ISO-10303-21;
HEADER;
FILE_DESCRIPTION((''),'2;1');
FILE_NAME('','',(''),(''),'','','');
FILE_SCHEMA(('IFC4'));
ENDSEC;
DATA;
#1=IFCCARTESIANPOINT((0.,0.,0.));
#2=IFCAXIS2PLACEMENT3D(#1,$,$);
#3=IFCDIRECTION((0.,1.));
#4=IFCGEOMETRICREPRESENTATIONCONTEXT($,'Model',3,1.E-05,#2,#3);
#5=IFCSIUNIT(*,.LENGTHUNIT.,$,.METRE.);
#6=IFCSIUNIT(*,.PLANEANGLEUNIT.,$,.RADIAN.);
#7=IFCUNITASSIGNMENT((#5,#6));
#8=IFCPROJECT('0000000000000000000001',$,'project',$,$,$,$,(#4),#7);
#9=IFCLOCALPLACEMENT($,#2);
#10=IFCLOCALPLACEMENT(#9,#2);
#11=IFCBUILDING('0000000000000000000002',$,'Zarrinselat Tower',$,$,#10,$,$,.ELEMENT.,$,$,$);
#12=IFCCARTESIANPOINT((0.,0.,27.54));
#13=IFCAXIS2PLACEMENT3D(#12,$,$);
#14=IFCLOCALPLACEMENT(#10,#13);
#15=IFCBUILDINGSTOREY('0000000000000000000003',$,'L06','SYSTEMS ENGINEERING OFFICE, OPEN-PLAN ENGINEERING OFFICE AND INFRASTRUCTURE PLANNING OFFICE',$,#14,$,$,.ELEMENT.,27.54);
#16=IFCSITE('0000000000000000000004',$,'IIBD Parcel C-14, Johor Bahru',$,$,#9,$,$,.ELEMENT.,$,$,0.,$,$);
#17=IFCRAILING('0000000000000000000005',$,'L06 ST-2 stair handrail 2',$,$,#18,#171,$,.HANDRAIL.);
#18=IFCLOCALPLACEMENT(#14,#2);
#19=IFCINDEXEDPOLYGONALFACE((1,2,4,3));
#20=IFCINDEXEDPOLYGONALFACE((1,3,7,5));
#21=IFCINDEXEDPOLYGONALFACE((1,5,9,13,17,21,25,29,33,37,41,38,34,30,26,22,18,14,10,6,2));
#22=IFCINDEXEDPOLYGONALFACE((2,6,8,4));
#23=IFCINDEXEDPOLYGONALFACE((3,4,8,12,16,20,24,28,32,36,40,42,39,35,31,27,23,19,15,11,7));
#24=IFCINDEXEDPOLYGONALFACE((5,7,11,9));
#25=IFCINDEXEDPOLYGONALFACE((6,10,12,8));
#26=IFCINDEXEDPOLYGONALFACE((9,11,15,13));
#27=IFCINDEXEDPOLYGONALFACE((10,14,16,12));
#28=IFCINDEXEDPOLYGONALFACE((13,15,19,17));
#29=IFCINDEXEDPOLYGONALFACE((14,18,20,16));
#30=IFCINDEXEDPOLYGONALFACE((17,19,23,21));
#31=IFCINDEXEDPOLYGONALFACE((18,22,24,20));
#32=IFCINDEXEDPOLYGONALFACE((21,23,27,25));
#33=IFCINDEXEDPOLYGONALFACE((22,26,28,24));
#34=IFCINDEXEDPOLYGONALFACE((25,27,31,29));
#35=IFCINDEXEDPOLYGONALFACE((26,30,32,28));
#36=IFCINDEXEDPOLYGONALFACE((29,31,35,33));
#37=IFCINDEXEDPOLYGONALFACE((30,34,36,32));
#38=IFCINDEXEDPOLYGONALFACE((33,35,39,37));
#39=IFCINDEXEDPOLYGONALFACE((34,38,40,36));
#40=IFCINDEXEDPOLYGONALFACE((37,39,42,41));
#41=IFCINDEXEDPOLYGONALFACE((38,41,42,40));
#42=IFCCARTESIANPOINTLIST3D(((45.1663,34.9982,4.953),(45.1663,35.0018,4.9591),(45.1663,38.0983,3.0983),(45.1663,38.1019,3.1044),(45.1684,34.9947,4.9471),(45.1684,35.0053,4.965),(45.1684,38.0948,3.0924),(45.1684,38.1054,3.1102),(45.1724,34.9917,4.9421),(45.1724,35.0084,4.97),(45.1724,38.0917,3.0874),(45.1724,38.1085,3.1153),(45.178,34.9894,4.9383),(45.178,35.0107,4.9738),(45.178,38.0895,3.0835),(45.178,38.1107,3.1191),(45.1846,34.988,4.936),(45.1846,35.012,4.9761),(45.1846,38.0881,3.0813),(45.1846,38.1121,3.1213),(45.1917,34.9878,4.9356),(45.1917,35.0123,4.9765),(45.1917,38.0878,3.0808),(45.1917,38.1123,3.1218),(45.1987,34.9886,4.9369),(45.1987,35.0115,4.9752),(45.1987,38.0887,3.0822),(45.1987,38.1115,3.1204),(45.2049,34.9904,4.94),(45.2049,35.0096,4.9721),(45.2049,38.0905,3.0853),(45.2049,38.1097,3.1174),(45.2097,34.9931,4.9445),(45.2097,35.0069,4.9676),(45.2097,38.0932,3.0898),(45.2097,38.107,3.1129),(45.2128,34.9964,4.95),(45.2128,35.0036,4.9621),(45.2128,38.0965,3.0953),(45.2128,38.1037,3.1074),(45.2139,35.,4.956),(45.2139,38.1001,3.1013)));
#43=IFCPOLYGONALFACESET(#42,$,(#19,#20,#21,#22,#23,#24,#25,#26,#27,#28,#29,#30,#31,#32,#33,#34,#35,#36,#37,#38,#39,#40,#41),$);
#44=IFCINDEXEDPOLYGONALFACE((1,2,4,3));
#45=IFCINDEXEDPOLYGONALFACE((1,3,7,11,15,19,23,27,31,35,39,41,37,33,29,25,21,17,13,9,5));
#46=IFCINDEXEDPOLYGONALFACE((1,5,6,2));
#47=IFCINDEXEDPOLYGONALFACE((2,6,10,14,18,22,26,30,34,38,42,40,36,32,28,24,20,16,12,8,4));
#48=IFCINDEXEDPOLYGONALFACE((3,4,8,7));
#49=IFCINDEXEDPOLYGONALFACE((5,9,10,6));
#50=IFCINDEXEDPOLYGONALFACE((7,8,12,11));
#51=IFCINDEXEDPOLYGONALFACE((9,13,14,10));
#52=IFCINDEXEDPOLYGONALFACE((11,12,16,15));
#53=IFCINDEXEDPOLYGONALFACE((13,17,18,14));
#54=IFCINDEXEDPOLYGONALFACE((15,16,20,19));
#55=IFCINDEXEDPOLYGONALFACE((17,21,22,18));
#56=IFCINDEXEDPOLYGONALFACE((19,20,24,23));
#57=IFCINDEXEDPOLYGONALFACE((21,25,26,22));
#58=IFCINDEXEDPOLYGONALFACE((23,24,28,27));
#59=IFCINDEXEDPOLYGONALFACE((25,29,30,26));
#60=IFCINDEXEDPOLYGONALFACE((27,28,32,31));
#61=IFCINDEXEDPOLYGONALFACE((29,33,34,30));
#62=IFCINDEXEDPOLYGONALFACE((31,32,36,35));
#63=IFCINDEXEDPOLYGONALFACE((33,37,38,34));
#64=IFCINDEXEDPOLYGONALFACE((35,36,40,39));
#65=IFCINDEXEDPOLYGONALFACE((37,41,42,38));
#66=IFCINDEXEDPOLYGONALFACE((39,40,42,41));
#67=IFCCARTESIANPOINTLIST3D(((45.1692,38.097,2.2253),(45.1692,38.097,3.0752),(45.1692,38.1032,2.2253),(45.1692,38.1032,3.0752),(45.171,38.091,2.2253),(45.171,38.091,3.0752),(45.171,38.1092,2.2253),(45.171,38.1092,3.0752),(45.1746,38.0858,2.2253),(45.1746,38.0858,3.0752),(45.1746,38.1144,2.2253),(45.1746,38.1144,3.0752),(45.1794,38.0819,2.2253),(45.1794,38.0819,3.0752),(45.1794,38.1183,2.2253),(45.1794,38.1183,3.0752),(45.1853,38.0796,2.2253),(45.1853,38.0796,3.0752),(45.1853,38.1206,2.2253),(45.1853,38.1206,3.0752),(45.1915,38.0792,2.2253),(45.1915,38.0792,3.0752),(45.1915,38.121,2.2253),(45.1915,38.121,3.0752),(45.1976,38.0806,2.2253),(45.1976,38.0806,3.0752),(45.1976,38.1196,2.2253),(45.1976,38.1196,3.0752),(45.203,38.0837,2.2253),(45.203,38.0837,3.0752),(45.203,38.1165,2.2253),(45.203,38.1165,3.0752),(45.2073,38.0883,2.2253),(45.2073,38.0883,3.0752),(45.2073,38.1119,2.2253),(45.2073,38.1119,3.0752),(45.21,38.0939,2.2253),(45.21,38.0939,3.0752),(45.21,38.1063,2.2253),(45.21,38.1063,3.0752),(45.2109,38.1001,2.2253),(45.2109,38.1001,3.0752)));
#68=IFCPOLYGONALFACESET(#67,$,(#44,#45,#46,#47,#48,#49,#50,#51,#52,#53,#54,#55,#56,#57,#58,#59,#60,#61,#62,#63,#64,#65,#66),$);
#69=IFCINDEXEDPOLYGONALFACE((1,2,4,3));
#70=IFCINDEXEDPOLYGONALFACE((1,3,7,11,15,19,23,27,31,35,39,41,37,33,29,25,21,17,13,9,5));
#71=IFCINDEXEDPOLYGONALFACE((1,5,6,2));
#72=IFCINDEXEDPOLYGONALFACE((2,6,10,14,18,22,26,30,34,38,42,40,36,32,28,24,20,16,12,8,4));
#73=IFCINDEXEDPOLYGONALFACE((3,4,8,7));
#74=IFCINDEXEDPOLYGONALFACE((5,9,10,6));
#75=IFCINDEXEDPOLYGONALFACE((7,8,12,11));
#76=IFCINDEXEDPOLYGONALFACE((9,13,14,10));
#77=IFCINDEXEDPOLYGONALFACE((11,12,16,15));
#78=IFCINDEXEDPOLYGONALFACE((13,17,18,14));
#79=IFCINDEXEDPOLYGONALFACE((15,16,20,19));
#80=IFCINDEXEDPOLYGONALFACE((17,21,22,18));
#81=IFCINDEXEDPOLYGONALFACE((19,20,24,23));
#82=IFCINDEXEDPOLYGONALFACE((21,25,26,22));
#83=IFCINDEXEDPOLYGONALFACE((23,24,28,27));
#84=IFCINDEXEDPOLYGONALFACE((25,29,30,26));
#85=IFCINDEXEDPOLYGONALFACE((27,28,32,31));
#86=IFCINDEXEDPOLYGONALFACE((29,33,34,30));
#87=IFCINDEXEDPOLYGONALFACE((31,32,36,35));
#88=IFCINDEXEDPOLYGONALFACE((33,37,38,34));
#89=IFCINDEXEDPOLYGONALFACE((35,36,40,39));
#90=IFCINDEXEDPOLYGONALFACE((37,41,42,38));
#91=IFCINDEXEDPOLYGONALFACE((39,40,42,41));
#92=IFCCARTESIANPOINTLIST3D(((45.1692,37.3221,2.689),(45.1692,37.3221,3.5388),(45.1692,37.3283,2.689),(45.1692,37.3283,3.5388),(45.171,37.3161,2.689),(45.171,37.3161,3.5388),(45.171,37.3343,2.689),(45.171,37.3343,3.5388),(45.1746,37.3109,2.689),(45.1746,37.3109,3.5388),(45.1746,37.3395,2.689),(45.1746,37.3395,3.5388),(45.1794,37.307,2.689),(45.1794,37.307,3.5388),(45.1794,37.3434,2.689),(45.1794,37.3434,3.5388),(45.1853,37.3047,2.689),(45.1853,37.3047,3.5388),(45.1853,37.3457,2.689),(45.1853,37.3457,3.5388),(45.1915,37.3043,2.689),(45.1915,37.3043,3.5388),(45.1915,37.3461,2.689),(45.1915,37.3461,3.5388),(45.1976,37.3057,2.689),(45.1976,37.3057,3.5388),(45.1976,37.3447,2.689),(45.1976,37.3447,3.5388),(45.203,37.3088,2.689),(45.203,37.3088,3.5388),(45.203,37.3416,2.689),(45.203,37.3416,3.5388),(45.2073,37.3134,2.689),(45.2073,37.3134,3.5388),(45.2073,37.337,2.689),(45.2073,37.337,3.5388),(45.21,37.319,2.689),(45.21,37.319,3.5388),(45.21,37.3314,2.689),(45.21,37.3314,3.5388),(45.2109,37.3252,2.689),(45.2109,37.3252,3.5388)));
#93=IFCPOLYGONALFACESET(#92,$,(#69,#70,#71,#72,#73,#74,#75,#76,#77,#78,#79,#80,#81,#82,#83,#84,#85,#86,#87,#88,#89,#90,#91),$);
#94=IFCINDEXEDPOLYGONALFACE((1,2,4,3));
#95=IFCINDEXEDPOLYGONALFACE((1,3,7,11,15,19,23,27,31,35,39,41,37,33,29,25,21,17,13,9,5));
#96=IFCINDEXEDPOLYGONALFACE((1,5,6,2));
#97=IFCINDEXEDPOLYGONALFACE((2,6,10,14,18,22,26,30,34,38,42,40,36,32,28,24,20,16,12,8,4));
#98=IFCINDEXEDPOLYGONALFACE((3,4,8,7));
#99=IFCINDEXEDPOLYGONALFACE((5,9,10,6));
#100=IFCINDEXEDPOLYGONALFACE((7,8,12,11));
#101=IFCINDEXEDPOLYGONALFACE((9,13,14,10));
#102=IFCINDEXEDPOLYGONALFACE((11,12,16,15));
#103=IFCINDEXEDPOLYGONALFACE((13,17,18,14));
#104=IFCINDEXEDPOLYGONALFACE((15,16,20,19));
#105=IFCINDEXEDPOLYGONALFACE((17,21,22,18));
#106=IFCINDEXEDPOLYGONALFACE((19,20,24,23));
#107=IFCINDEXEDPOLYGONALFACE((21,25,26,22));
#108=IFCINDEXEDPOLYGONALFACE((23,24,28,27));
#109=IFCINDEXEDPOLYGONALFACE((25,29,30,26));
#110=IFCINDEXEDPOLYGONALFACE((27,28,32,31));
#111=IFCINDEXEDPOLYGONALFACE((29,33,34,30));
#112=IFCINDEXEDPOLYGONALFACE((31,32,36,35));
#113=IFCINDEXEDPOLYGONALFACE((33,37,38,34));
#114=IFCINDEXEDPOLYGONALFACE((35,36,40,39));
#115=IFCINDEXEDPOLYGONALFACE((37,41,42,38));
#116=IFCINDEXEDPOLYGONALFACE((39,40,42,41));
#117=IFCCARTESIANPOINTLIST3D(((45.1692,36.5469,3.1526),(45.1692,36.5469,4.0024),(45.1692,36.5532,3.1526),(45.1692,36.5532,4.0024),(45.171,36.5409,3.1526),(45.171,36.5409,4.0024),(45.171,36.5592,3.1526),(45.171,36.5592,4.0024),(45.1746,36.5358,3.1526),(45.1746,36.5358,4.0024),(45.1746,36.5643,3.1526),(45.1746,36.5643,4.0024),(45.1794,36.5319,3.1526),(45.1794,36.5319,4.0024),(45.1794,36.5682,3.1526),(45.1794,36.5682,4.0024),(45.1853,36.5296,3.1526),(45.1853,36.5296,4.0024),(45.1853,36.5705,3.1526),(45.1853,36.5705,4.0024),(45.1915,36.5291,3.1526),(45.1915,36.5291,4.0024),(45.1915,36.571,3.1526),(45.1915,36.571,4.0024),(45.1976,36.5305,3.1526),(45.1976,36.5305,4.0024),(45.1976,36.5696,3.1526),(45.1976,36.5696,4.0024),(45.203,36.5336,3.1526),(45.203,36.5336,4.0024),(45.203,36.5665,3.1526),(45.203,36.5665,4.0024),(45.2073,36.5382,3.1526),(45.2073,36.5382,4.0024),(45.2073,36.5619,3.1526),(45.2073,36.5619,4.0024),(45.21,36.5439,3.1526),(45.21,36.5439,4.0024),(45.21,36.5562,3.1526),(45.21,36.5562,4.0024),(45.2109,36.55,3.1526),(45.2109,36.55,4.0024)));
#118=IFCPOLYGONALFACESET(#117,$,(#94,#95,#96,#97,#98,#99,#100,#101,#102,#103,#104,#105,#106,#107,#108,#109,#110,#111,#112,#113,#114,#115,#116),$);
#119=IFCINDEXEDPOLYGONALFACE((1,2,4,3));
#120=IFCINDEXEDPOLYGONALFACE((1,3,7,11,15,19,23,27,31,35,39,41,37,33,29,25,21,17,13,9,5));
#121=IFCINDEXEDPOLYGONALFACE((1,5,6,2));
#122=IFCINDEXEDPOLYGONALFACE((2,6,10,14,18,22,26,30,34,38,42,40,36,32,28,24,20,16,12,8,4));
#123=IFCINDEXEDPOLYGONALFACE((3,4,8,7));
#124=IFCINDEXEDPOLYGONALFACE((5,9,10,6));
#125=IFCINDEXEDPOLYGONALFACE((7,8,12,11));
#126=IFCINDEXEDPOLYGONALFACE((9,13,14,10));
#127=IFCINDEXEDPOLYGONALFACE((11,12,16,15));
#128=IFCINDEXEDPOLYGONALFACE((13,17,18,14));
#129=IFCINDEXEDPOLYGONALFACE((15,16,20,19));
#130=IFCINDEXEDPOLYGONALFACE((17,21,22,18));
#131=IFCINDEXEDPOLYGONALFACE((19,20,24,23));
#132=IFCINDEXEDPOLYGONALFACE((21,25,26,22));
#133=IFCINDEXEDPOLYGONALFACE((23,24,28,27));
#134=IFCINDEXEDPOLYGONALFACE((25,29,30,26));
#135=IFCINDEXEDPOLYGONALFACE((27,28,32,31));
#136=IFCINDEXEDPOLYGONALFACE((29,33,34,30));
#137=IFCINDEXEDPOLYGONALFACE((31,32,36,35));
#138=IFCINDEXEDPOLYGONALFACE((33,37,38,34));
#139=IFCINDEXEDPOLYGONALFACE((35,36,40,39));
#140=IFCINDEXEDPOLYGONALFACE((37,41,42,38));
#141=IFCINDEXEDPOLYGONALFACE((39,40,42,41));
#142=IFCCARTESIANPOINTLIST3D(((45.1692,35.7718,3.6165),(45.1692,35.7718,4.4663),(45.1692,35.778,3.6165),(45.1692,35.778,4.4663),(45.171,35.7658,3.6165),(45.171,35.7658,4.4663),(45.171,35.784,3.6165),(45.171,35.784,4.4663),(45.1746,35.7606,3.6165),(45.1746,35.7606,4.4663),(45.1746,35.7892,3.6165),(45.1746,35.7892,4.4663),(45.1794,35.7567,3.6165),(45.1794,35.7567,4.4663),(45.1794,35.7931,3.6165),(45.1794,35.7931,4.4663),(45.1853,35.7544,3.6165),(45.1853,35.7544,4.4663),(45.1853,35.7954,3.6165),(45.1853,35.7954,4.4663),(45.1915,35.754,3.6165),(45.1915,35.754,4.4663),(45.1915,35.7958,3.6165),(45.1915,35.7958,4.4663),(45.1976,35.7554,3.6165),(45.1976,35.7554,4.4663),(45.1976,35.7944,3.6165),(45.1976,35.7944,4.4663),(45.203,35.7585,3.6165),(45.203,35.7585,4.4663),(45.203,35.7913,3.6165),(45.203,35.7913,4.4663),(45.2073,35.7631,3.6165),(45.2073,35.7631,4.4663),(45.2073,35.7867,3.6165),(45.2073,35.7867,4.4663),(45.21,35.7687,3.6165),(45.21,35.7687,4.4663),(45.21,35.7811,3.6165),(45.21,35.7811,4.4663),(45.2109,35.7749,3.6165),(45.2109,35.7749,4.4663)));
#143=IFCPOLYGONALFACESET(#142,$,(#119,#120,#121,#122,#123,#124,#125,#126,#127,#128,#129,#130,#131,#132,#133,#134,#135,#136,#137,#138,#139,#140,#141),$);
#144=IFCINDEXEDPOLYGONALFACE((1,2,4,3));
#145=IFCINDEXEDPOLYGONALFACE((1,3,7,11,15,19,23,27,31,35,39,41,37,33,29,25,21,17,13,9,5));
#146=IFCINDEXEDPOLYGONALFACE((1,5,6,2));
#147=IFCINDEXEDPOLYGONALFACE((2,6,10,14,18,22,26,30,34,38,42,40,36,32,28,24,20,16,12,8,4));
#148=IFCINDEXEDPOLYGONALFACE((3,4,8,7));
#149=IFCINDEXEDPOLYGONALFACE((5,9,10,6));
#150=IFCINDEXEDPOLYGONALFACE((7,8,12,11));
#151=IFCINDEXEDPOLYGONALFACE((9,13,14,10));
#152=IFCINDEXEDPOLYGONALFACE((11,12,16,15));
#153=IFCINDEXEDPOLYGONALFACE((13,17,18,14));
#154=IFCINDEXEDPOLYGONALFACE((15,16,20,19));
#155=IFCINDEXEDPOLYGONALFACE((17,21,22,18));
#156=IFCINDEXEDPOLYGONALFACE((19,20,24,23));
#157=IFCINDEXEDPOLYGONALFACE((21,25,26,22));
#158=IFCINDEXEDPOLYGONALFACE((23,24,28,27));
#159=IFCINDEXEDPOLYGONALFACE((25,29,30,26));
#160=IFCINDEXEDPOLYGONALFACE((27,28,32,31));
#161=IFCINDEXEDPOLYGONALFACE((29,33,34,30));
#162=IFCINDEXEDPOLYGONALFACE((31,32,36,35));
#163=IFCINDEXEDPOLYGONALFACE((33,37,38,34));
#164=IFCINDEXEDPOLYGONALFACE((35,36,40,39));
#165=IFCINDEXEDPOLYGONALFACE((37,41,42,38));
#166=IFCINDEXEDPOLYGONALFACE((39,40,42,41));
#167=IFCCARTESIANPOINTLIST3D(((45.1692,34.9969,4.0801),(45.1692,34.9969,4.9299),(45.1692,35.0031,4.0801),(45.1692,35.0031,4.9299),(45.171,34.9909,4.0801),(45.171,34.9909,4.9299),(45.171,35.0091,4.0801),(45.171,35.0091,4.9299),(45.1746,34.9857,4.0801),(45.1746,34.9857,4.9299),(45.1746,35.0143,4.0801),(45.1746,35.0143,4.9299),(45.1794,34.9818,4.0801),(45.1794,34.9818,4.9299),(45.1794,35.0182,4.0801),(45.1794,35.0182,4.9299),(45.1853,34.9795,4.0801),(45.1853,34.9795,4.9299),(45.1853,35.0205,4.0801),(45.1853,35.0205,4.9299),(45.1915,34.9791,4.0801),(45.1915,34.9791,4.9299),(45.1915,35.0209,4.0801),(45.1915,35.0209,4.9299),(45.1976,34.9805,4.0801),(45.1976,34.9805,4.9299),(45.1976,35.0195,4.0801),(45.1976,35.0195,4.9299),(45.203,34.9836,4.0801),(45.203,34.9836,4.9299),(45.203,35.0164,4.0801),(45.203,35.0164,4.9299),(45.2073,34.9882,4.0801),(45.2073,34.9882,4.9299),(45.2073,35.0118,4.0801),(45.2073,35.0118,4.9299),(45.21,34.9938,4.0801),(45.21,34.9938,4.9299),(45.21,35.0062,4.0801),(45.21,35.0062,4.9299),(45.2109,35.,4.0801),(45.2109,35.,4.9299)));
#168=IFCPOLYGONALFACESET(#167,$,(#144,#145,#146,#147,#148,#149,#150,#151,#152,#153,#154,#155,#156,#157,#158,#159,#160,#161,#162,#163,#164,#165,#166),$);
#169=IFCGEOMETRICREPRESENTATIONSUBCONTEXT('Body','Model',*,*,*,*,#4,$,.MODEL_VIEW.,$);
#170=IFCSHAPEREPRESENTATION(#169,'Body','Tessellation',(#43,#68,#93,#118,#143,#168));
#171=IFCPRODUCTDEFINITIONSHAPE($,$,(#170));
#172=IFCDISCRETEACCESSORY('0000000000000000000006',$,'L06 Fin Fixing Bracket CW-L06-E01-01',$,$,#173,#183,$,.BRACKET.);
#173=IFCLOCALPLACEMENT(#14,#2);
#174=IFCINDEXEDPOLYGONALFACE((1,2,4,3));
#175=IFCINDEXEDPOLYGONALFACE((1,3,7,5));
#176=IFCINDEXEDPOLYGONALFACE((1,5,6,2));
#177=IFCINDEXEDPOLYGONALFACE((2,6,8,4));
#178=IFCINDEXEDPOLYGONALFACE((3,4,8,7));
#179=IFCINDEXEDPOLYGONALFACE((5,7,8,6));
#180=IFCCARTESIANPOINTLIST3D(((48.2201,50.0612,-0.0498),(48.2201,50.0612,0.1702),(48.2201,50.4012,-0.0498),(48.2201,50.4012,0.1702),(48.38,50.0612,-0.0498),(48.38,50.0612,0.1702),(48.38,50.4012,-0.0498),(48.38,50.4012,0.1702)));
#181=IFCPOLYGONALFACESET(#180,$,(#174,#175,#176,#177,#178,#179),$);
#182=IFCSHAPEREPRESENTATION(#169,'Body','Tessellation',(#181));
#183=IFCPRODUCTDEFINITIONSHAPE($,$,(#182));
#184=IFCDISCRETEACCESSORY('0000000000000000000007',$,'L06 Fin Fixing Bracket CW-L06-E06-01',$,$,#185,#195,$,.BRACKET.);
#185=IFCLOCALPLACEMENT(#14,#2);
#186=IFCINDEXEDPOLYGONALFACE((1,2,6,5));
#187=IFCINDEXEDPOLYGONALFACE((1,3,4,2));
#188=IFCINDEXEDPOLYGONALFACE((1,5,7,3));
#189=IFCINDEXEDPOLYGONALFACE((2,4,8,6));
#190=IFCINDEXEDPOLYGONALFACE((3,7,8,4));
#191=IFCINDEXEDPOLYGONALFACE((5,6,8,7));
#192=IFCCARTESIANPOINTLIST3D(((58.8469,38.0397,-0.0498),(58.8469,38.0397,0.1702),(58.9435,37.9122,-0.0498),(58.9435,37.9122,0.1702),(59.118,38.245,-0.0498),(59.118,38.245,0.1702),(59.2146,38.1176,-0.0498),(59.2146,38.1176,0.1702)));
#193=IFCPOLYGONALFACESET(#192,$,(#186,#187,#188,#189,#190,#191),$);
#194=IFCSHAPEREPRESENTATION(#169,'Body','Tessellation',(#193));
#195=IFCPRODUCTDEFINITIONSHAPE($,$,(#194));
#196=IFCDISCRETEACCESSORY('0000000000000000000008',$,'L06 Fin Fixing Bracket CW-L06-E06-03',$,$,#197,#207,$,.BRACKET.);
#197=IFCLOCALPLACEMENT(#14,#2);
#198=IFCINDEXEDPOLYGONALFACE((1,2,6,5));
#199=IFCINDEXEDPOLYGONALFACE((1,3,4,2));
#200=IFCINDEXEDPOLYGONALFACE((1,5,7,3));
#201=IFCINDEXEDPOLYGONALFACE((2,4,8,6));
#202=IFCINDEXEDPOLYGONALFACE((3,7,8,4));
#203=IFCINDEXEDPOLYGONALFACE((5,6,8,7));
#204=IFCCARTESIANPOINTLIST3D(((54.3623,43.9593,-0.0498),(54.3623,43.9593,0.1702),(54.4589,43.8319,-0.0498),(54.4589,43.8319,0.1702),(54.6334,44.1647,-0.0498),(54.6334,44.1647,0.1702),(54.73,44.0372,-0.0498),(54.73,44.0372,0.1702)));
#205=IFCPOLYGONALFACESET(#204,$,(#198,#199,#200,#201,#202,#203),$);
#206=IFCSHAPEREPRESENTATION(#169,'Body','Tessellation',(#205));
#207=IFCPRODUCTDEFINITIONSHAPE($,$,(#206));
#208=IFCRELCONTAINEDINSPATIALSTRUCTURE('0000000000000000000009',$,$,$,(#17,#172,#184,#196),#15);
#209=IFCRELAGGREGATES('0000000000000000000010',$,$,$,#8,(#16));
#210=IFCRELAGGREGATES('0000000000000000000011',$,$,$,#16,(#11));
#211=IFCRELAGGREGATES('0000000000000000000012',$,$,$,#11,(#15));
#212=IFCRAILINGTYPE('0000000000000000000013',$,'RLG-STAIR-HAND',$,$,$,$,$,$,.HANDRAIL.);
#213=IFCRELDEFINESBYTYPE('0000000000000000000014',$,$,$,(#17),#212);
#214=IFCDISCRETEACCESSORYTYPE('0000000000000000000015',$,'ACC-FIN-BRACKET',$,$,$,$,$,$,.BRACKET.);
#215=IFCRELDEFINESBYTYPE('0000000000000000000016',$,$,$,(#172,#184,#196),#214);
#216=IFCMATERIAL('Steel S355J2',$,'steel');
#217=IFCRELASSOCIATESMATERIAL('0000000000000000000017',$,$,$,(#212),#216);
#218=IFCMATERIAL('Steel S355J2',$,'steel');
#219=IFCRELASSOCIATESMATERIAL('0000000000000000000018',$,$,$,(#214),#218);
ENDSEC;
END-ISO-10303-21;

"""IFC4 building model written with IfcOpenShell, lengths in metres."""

from ifc_helpers import new_model, si_unit, direction, frame, origin, origin_2d, place, context, subcontext, project, spatial, rectangle, circle, extrude, material, type_object, element, save


model = new_model("IFC4")

# Units and contexts
model_context = context("Model", 3, precision=1e-05, world=origin(), true_north=direction((0.0, 1.0)))
body_context = subcontext(model_context, "Body", "Model", "MODEL_VIEW")
ifc_project = project(units=[si_unit("LENGTHUNIT", "METRE"), si_unit("PLANEANGLEUNIT", "RADIAN")], contexts=[model_context])

# Site, building, storey
site_placement = place(None, origin())
site = spatial("IfcSite", under=ifc_project, at=site_placement, Name="IIBD Parcel C-14, Johor Bahru", CompositionType="ELEMENT", RefElevation=0.0)
building_placement = place(site_placement, origin())
building = spatial("IfcBuilding", under=site, at=building_placement, Name="Zarrinselat Tower", CompositionType="ELEMENT")
storey_placement = place(building_placement, frame((0.0, 0.0, 27.54)))
storey = spatial("IfcBuildingStorey", under=building, at=storey_placement, Name="L06", Description="SYSTEMS ENGINEERING OFFICE, OPEN-PLAN ENGINEERING OFFICE AND INFRASTRUCTURE PLANNING OFFICE", CompositionType="ELEMENT", Elevation=27.54)

# Railing
ifc_material_1 = material(Name="Steel S355J2", Category="steel")
railing_type_1 = type_object("IfcRailingType", Name="RLG-STAIR-HAND", PredefinedType="HANDRAIL", material=ifc_material_1)
railing_1_placement = place(storey_placement, frame((45.1899, 38.1001, 2.2253)))
element("IfcRailing", 1, at=railing_1_placement, inside=storey, type_object=railing_type_1, Name="L06 ST-2 stair handrail 2", PredefinedType="HANDRAIL", context=body_context, shape_type="SweptSolid", body=[
    extrude(circle(Radius=0.0239, at=origin_2d()), frame((0.0, 0.0, 0.876), z_axis=(0.0, -0.858142, 0.513412), x_axis=(1.0, 0.0, 0.0)), (0.0, 0.0, 1.0), 3.6125),
    extrude(circle(Radius=0.021, at=origin_2d()), origin(), (0.0, 0.0, 1.0), 0.8499),
    extrude(circle(Radius=0.021, at=origin_2d()), frame((0.0, -0.7749, 0.4636)), (0.0, 0.0, 1.0), 0.8499),
    extrude(circle(Radius=0.021, at=origin_2d()), frame((0.0, -1.55, 0.9272)), (0.0, 0.0, 1.0), 0.8499),
    extrude(circle(Radius=0.021, at=origin_2d()), frame((0.0, -2.3252, 1.3911)), (0.0, 0.0, 1.0), 0.8499),
    extrude(circle(Radius=0.021, at=origin_2d()), frame((0.0, -3.1001, 1.8547)), (0.0, 0.0, 1.0), 0.8499),
])

# Discrete accessories
ifc_material_2 = material(Name="Steel S355J2", Category="steel")
discrete_accessory_type = type_object("IfcDiscreteAccessoryType", Name="ACC-FIN-BRACKET", PredefinedType="BRACKET", material=ifc_material_2)
for number, where, z_axis, x_axis, name in (
    (2, (48.3, 50.2312, -0.0498), (0.0, 0.0, 1.0), (0.0, 1.0, 0.0), "L06 Fin Fixing Bracket CW-L06-E01-01"),
    (3, (59.0308, 38.0786, -0.0498), (0.0, 0.0, 1.0), (0.797091, 0.603859, 0.0), "L06 Fin Fixing Bracket CW-L06-E06-01"),
    (4, (54.5461, 43.9983, -0.0498), (0.0, 0.0, 1.0), (0.797091, 0.603859, 0.0), "L06 Fin Fixing Bracket CW-L06-E06-03"),
):
    element("IfcDiscreteAccessory", number, at=place(storey_placement, frame(where, z_axis=z_axis, x_axis=x_axis)), inside=storey, type_object=discrete_accessory_type, Name=name, PredefinedType="BRACKET", context=body_context, shape_type="SweptSolid", body=[
        extrude(rectangle(XDim=0.3401, YDim=0.1599, at=origin_2d()), origin(), (0.0, 0.0, 1.0), 0.22),
    ])

save(model, "model.ifc")
